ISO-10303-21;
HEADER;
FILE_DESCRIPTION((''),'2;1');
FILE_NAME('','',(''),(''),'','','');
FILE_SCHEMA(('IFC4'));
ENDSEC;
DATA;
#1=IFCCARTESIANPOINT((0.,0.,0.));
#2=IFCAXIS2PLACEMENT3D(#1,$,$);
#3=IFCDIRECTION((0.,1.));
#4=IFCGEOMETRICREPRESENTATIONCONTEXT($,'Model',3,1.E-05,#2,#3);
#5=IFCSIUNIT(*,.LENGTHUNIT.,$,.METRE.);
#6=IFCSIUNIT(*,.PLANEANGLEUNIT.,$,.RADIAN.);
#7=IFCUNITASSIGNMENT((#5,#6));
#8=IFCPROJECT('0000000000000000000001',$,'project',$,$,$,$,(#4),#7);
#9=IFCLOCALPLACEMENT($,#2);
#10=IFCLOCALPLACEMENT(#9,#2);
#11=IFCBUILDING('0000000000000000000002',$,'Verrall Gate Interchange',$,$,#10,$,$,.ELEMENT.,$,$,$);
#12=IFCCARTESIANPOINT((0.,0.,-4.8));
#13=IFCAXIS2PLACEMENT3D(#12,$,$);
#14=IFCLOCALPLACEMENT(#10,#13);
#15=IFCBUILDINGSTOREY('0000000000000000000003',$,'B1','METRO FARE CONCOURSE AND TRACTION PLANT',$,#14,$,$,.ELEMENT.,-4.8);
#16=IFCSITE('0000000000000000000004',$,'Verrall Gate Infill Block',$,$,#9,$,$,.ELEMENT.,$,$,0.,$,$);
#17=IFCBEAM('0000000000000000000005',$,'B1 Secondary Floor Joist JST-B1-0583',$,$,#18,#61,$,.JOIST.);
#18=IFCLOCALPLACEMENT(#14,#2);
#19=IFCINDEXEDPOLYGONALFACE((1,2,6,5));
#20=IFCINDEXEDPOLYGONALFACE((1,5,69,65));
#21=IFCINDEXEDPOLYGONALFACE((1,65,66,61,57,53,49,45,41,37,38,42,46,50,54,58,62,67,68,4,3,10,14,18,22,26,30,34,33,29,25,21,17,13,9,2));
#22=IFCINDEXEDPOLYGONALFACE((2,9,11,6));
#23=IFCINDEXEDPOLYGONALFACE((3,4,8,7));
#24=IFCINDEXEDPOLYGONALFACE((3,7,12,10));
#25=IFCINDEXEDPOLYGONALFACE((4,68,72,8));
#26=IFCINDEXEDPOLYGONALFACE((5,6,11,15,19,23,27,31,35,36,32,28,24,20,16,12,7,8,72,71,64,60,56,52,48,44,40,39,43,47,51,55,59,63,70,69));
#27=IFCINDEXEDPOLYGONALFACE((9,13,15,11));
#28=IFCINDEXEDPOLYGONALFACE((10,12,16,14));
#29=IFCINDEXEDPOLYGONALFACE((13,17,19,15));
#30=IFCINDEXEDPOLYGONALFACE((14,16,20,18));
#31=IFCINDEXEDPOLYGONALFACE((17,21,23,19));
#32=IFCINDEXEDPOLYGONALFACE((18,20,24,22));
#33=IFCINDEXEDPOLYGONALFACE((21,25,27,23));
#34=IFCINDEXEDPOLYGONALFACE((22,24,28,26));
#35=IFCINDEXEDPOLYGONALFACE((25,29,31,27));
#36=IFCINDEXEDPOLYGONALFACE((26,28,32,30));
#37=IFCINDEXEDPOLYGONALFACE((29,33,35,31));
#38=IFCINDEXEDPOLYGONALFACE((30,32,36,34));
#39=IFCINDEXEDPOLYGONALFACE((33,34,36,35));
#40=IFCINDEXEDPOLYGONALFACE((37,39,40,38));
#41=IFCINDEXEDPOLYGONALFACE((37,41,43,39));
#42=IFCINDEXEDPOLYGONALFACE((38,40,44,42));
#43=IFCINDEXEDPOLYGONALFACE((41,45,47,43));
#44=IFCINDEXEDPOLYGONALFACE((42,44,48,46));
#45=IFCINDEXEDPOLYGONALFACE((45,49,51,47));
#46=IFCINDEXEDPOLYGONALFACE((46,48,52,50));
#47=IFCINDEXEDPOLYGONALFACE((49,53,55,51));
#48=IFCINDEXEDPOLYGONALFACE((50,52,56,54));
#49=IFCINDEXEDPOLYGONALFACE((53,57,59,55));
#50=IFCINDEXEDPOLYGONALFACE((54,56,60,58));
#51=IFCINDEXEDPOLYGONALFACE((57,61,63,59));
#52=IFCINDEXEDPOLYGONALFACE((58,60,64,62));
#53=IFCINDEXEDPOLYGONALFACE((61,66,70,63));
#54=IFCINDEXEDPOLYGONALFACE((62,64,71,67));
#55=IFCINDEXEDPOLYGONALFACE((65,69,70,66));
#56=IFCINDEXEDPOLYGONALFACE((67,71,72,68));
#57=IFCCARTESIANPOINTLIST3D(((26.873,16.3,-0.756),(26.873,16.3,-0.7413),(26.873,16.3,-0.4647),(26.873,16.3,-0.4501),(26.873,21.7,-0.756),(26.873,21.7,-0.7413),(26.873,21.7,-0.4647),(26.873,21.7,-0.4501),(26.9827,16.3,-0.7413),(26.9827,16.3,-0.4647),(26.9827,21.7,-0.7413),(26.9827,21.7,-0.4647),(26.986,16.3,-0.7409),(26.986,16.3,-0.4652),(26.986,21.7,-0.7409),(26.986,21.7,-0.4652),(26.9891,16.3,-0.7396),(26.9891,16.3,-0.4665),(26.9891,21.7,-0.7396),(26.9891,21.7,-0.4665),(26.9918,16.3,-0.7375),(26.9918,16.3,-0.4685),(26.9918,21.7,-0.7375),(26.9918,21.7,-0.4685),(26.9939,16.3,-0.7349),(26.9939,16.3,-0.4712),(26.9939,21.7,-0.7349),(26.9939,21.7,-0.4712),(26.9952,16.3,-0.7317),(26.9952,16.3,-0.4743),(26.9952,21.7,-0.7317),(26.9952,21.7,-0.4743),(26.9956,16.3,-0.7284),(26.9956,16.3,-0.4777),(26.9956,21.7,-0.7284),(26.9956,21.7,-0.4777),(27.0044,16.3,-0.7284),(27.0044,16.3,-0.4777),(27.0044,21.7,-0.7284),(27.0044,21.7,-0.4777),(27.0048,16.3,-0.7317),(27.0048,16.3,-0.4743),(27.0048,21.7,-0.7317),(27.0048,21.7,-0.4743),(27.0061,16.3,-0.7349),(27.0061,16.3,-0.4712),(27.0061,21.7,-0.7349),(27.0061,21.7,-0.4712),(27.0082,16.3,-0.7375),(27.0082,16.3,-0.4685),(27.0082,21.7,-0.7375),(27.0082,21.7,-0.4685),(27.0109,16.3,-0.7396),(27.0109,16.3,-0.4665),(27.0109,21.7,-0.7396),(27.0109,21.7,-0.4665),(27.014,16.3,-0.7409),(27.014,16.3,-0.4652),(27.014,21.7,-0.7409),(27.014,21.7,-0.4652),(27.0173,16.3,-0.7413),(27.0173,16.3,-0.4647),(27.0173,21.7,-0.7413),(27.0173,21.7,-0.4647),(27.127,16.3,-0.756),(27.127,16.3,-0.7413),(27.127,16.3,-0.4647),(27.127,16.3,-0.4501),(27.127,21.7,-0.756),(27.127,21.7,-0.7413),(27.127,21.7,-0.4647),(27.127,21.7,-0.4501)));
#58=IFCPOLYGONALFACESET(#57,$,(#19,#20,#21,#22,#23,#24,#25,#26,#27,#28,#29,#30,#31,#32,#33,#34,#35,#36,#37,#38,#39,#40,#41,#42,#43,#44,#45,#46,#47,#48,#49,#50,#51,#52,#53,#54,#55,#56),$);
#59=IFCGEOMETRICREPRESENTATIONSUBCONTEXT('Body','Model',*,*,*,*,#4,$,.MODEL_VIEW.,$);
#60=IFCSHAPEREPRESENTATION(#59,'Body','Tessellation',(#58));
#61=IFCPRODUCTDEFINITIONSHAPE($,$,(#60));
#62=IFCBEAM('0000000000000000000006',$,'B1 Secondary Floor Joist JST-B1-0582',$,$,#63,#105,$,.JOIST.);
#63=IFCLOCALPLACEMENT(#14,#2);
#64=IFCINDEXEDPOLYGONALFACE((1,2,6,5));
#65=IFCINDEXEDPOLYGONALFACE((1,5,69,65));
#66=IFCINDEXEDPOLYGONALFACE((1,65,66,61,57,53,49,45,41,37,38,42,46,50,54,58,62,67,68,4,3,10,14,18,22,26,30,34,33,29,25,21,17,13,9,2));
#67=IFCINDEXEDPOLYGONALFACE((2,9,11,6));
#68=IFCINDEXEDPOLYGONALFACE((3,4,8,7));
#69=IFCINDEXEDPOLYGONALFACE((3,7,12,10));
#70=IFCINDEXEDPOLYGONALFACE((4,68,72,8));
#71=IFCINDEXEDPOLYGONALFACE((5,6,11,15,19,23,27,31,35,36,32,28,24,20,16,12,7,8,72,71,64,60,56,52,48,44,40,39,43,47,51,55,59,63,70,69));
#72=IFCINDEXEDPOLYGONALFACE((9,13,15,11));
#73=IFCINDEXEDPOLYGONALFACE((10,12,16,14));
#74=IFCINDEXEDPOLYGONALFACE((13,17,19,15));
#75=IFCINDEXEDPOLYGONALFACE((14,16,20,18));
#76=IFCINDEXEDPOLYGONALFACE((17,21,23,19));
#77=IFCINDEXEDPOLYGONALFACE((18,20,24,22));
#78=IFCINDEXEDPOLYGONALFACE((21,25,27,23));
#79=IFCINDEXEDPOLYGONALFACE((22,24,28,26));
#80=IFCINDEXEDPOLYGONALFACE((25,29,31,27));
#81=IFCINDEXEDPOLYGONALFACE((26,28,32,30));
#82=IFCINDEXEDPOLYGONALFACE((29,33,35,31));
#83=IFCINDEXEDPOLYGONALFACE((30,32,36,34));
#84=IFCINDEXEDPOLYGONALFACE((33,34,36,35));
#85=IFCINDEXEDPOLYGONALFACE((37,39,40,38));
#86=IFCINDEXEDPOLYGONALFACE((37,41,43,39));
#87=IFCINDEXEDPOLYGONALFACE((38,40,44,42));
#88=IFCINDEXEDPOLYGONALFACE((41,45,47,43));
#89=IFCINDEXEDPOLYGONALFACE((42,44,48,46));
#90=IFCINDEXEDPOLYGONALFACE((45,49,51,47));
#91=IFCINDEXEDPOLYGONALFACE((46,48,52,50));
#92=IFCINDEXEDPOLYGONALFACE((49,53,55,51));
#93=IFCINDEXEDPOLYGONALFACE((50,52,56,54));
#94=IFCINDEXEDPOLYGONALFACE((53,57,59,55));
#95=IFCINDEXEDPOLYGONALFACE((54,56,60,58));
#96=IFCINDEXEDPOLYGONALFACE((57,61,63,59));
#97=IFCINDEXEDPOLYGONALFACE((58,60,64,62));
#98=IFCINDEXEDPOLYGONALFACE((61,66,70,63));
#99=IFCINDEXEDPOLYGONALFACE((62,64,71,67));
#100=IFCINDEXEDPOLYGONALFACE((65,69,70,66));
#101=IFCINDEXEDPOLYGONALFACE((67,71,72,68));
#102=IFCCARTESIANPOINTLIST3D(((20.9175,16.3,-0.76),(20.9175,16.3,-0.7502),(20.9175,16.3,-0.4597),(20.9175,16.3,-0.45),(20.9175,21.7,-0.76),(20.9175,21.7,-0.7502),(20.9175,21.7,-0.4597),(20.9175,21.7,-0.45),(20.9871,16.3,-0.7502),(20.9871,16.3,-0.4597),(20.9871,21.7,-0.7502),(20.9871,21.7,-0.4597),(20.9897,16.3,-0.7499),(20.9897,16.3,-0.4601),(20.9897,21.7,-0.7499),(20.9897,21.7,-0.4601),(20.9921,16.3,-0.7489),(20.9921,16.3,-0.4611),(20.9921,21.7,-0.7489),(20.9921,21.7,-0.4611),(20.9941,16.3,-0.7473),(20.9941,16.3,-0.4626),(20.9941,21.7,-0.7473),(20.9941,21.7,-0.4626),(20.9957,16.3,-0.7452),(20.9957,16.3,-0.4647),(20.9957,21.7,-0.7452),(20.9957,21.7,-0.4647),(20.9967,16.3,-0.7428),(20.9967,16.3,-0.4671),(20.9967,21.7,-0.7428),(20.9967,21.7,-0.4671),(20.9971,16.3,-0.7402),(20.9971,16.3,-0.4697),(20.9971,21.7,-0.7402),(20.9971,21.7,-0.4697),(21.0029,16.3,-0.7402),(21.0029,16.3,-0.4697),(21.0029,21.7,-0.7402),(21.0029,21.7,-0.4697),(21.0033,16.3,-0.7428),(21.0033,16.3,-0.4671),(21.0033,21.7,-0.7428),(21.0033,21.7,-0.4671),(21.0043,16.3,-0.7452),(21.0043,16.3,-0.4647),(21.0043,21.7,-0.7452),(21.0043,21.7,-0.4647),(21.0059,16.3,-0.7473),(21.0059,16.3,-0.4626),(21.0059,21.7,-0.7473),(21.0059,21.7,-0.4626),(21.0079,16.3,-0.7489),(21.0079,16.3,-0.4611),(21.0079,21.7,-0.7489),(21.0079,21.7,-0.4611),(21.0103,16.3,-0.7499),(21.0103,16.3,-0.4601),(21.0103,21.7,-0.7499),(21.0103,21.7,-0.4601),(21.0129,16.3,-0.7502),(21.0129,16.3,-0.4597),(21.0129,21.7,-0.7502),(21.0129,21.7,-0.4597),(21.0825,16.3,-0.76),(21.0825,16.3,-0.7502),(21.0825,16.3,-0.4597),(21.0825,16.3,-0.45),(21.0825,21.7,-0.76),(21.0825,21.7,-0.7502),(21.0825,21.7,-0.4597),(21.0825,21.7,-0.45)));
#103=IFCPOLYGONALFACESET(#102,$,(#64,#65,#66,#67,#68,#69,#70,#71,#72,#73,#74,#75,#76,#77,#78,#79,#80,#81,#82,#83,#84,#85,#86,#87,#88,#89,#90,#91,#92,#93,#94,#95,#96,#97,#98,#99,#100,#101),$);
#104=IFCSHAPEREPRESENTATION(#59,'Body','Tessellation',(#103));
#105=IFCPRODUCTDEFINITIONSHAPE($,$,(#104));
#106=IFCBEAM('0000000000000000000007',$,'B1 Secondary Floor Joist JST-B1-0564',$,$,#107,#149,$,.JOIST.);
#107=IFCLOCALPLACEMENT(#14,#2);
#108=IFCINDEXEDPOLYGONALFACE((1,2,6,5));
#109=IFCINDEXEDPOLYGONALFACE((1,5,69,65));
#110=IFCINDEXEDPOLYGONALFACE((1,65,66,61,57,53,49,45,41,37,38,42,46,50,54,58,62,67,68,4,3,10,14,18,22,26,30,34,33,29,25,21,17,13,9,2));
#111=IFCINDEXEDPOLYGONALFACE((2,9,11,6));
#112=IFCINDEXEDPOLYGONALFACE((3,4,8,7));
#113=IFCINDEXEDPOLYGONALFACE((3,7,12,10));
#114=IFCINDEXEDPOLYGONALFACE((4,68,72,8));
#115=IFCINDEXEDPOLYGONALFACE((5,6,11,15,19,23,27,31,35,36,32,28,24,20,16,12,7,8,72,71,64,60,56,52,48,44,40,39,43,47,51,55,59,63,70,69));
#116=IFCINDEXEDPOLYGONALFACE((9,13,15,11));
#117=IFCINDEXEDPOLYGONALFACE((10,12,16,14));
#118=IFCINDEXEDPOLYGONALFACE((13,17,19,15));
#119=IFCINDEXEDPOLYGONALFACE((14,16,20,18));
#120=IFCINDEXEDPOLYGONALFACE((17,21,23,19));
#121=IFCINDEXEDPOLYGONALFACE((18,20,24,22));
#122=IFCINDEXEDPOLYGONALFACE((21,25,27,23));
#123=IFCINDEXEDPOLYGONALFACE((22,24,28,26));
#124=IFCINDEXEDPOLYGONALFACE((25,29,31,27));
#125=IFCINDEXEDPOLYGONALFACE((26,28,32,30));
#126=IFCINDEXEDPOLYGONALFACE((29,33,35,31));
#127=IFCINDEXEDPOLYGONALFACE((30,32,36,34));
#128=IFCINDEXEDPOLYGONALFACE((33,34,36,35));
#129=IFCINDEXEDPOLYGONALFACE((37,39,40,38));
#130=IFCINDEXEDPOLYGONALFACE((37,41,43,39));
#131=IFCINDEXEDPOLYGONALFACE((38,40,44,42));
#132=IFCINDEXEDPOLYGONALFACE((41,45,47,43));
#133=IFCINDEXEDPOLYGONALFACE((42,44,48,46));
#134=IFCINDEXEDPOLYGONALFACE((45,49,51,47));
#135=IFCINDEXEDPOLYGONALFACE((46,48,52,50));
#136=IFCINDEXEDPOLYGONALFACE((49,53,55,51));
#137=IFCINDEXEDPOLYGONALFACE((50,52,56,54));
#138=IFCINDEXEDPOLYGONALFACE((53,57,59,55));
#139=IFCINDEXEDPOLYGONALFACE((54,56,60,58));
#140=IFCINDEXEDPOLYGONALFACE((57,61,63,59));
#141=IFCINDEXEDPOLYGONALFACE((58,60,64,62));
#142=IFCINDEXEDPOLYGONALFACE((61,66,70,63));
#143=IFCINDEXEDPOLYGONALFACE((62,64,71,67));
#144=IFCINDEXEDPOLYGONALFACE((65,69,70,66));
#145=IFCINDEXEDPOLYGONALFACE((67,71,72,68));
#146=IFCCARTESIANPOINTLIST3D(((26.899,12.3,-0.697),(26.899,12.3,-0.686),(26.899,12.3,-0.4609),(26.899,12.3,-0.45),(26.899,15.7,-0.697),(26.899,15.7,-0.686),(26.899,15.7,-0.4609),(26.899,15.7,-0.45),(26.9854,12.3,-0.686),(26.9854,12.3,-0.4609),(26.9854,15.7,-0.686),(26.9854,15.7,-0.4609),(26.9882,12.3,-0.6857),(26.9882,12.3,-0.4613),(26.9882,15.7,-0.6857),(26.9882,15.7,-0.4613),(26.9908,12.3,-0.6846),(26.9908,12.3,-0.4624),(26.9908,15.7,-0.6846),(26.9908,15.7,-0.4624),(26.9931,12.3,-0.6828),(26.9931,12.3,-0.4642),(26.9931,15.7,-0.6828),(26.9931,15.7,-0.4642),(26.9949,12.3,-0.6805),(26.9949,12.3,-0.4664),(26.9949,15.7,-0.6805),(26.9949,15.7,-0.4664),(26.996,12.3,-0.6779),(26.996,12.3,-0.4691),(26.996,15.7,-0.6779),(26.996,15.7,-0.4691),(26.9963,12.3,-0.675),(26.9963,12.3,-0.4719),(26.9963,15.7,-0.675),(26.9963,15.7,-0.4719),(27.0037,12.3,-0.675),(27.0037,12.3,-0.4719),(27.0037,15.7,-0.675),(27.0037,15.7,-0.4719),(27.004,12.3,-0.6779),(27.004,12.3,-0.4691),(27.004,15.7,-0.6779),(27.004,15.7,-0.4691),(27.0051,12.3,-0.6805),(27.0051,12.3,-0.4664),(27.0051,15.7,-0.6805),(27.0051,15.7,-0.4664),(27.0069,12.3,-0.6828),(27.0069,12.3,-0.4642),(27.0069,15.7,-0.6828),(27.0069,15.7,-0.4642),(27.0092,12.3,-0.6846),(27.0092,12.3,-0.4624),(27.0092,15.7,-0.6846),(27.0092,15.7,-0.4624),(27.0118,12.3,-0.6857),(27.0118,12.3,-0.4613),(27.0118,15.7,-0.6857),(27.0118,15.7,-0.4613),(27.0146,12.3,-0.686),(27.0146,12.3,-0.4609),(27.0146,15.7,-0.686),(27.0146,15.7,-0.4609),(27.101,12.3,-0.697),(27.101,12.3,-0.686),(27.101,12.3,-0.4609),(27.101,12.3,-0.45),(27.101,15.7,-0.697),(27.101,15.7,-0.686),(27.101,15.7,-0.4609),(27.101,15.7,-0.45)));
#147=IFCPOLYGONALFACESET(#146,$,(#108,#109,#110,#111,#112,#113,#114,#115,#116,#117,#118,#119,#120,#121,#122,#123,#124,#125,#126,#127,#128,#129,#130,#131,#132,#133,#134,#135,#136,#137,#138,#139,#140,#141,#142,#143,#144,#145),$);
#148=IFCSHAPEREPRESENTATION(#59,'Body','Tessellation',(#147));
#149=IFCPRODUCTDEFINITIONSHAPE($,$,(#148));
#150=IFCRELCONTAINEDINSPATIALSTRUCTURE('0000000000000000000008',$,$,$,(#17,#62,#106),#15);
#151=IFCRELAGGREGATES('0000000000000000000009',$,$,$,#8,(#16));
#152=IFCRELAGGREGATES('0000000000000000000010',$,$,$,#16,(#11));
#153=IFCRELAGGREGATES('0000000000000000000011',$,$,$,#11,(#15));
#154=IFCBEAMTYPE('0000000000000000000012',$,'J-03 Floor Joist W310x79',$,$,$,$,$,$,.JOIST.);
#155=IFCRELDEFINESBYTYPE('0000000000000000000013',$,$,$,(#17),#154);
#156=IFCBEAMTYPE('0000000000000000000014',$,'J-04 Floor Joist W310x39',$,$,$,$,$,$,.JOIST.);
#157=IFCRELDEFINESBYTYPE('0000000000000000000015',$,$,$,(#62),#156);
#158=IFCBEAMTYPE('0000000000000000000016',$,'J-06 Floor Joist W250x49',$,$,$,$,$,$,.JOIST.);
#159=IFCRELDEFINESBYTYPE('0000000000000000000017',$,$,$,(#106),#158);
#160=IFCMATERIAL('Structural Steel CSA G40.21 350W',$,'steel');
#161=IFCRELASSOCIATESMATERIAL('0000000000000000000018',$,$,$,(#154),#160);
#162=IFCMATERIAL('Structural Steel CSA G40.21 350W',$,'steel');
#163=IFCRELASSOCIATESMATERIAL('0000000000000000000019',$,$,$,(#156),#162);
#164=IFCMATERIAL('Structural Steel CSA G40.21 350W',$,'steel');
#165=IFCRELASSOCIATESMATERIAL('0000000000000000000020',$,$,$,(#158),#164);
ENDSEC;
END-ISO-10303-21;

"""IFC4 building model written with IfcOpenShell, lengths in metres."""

from ifc_helpers import new_model, si_unit, direction, frame, origin, origin_2d, place, context, subcontext, project, spatial, i_section, extrude, material, material_profile, profile_set, type_object, element, save


model = new_model("IFC4")

# Units and contexts
model_context = context("Model", 3, precision=1e-05, world=origin(), true_north=direction((0.0, 1.0)))
body_context = subcontext(model_context, "Body", "Model", "MODEL_VIEW")
ifc_project = project(units=[si_unit("LENGTHUNIT", "METRE"), si_unit("PLANEANGLEUNIT", "RADIAN")], contexts=[model_context])

# Site, building, storey
site_placement = place(None, origin())
site = spatial("IfcSite", under=ifc_project, at=site_placement, Name="Verrall Gate Infill Block", CompositionType="ELEMENT", RefElevation=0.0)
building_placement = place(site_placement, origin())
building = spatial("IfcBuilding", under=site, at=building_placement, Name="Verrall Gate Interchange", CompositionType="ELEMENT")
storey_placement = place(building_placement, frame((0.0, 0.0, -4.8)))
storey = spatial("IfcBuildingStorey", under=building, at=storey_placement, Name="B1", Description="METRO FARE CONCOURSE AND TRACTION PLANT", CompositionType="ELEMENT", Elevation=-4.8)

# Beams
ifc_material_1 = material(Name="Structural Steel CSA G40.21 350W", Category="steel")
ifc_material_profile_1 = material_profile(ifc_material_1, i_section(OverallWidth=0.2539, OverallDepth=0.3059, WebThickness=0.0088, FlangeThickness=0.0146, FilletRadius=0.0129, at=origin_2d()), Name="W310x79")
ifc_profile_set_1 = profile_set([ifc_material_profile_1], Name="Structural Steel CSA G40.21 350W")
beam_type_1 = type_object("IfcBeamType", Name="J-03 Floor Joist W310x79", PredefinedType="JOIST", material=ifc_profile_set_1)
beam_1_placement = place(storey_placement, frame((27.0, 16.3, -0.603), z_axis=(0.0, 1.0, 0.0), x_axis=(-1.0, 0.0, 0.0)))
element("IfcBeam", 1, at=beam_1_placement, inside=storey, type_object=beam_type_1, Name="B1 Secondary Floor Joist JST-B1-0583", PredefinedType="JOIST", context=body_context, shape_type="SweptSolid", body=[
    extrude(i_section(OverallWidth=0.2539, OverallDepth=0.3059, WebThickness=0.0088, FlangeThickness=0.0146, FilletRadius=0.0129, at=origin_2d()), origin(), (0.0, 0.0, 1.0), 5.3999),
])
ifc_material_2 = material(Name="Structural Steel CSA G40.21 350W", Category="steel")
ifc_material_profile_2 = material_profile(ifc_material_2, i_section(OverallWidth=0.165, OverallDepth=0.3101, WebThickness=0.0059, FlangeThickness=0.0098, FilletRadius=0.01, at=origin_2d()), Name="W310x39")
ifc_profile_set_2 = profile_set([ifc_material_profile_2], Name="Structural Steel CSA G40.21 350W")
beam_type_2 = type_object("IfcBeamType", Name="J-04 Floor Joist W310x39", PredefinedType="JOIST", material=ifc_profile_set_2)
beam_2_placement = place(storey_placement, frame((21.0, 16.3, -0.605), z_axis=(0.0, 1.0, 0.0), x_axis=(-1.0, 0.0, 0.0)))
element("IfcBeam", 2, at=beam_2_placement, inside=storey, type_object=beam_type_2, Name="B1 Secondary Floor Joist JST-B1-0582", PredefinedType="JOIST", context=body_context, shape_type="SweptSolid", body=[
    extrude(i_section(OverallWidth=0.165, OverallDepth=0.3101, WebThickness=0.0059, FlangeThickness=0.0098, FilletRadius=0.01, at=origin_2d()), origin(), (0.0, 0.0, 1.0), 5.3999),
])
ifc_material_3 = material(Name="Structural Steel CSA G40.21 350W", Category="steel")
ifc_material_profile_3 = material_profile(ifc_material_3, i_section(OverallWidth=0.2019, OverallDepth=0.2471, WebThickness=0.0073, FlangeThickness=0.011, FilletRadius=0.011, at=origin_2d()), Name="W250x49")
ifc_profile_set_3 = profile_set([ifc_material_profile_3], Name="Structural Steel CSA G40.21 350W")
beam_type_3 = type_object("IfcBeamType", Name="J-06 Floor Joist W250x49", PredefinedType="JOIST", material=ifc_profile_set_3)
beam_3_placement = place(storey_placement, frame((27.0, 12.3, -0.5735), z_axis=(0.0, 1.0, 0.0), x_axis=(-1.0, 0.0, 0.0)))
element("IfcBeam", 3, at=beam_3_placement, inside=storey, type_object=beam_type_3, Name="B1 Secondary Floor Joist JST-B1-0564", PredefinedType="JOIST", context=body_context, shape_type="SweptSolid", body=[
    extrude(i_section(OverallWidth=0.2019, OverallDepth=0.2471, WebThickness=0.0073, FlangeThickness=0.011, FilletRadius=0.011, at=origin_2d()), origin(), (0.0, 0.0, 1.0), 3.3999),
])

save(model, "model.ifc")
